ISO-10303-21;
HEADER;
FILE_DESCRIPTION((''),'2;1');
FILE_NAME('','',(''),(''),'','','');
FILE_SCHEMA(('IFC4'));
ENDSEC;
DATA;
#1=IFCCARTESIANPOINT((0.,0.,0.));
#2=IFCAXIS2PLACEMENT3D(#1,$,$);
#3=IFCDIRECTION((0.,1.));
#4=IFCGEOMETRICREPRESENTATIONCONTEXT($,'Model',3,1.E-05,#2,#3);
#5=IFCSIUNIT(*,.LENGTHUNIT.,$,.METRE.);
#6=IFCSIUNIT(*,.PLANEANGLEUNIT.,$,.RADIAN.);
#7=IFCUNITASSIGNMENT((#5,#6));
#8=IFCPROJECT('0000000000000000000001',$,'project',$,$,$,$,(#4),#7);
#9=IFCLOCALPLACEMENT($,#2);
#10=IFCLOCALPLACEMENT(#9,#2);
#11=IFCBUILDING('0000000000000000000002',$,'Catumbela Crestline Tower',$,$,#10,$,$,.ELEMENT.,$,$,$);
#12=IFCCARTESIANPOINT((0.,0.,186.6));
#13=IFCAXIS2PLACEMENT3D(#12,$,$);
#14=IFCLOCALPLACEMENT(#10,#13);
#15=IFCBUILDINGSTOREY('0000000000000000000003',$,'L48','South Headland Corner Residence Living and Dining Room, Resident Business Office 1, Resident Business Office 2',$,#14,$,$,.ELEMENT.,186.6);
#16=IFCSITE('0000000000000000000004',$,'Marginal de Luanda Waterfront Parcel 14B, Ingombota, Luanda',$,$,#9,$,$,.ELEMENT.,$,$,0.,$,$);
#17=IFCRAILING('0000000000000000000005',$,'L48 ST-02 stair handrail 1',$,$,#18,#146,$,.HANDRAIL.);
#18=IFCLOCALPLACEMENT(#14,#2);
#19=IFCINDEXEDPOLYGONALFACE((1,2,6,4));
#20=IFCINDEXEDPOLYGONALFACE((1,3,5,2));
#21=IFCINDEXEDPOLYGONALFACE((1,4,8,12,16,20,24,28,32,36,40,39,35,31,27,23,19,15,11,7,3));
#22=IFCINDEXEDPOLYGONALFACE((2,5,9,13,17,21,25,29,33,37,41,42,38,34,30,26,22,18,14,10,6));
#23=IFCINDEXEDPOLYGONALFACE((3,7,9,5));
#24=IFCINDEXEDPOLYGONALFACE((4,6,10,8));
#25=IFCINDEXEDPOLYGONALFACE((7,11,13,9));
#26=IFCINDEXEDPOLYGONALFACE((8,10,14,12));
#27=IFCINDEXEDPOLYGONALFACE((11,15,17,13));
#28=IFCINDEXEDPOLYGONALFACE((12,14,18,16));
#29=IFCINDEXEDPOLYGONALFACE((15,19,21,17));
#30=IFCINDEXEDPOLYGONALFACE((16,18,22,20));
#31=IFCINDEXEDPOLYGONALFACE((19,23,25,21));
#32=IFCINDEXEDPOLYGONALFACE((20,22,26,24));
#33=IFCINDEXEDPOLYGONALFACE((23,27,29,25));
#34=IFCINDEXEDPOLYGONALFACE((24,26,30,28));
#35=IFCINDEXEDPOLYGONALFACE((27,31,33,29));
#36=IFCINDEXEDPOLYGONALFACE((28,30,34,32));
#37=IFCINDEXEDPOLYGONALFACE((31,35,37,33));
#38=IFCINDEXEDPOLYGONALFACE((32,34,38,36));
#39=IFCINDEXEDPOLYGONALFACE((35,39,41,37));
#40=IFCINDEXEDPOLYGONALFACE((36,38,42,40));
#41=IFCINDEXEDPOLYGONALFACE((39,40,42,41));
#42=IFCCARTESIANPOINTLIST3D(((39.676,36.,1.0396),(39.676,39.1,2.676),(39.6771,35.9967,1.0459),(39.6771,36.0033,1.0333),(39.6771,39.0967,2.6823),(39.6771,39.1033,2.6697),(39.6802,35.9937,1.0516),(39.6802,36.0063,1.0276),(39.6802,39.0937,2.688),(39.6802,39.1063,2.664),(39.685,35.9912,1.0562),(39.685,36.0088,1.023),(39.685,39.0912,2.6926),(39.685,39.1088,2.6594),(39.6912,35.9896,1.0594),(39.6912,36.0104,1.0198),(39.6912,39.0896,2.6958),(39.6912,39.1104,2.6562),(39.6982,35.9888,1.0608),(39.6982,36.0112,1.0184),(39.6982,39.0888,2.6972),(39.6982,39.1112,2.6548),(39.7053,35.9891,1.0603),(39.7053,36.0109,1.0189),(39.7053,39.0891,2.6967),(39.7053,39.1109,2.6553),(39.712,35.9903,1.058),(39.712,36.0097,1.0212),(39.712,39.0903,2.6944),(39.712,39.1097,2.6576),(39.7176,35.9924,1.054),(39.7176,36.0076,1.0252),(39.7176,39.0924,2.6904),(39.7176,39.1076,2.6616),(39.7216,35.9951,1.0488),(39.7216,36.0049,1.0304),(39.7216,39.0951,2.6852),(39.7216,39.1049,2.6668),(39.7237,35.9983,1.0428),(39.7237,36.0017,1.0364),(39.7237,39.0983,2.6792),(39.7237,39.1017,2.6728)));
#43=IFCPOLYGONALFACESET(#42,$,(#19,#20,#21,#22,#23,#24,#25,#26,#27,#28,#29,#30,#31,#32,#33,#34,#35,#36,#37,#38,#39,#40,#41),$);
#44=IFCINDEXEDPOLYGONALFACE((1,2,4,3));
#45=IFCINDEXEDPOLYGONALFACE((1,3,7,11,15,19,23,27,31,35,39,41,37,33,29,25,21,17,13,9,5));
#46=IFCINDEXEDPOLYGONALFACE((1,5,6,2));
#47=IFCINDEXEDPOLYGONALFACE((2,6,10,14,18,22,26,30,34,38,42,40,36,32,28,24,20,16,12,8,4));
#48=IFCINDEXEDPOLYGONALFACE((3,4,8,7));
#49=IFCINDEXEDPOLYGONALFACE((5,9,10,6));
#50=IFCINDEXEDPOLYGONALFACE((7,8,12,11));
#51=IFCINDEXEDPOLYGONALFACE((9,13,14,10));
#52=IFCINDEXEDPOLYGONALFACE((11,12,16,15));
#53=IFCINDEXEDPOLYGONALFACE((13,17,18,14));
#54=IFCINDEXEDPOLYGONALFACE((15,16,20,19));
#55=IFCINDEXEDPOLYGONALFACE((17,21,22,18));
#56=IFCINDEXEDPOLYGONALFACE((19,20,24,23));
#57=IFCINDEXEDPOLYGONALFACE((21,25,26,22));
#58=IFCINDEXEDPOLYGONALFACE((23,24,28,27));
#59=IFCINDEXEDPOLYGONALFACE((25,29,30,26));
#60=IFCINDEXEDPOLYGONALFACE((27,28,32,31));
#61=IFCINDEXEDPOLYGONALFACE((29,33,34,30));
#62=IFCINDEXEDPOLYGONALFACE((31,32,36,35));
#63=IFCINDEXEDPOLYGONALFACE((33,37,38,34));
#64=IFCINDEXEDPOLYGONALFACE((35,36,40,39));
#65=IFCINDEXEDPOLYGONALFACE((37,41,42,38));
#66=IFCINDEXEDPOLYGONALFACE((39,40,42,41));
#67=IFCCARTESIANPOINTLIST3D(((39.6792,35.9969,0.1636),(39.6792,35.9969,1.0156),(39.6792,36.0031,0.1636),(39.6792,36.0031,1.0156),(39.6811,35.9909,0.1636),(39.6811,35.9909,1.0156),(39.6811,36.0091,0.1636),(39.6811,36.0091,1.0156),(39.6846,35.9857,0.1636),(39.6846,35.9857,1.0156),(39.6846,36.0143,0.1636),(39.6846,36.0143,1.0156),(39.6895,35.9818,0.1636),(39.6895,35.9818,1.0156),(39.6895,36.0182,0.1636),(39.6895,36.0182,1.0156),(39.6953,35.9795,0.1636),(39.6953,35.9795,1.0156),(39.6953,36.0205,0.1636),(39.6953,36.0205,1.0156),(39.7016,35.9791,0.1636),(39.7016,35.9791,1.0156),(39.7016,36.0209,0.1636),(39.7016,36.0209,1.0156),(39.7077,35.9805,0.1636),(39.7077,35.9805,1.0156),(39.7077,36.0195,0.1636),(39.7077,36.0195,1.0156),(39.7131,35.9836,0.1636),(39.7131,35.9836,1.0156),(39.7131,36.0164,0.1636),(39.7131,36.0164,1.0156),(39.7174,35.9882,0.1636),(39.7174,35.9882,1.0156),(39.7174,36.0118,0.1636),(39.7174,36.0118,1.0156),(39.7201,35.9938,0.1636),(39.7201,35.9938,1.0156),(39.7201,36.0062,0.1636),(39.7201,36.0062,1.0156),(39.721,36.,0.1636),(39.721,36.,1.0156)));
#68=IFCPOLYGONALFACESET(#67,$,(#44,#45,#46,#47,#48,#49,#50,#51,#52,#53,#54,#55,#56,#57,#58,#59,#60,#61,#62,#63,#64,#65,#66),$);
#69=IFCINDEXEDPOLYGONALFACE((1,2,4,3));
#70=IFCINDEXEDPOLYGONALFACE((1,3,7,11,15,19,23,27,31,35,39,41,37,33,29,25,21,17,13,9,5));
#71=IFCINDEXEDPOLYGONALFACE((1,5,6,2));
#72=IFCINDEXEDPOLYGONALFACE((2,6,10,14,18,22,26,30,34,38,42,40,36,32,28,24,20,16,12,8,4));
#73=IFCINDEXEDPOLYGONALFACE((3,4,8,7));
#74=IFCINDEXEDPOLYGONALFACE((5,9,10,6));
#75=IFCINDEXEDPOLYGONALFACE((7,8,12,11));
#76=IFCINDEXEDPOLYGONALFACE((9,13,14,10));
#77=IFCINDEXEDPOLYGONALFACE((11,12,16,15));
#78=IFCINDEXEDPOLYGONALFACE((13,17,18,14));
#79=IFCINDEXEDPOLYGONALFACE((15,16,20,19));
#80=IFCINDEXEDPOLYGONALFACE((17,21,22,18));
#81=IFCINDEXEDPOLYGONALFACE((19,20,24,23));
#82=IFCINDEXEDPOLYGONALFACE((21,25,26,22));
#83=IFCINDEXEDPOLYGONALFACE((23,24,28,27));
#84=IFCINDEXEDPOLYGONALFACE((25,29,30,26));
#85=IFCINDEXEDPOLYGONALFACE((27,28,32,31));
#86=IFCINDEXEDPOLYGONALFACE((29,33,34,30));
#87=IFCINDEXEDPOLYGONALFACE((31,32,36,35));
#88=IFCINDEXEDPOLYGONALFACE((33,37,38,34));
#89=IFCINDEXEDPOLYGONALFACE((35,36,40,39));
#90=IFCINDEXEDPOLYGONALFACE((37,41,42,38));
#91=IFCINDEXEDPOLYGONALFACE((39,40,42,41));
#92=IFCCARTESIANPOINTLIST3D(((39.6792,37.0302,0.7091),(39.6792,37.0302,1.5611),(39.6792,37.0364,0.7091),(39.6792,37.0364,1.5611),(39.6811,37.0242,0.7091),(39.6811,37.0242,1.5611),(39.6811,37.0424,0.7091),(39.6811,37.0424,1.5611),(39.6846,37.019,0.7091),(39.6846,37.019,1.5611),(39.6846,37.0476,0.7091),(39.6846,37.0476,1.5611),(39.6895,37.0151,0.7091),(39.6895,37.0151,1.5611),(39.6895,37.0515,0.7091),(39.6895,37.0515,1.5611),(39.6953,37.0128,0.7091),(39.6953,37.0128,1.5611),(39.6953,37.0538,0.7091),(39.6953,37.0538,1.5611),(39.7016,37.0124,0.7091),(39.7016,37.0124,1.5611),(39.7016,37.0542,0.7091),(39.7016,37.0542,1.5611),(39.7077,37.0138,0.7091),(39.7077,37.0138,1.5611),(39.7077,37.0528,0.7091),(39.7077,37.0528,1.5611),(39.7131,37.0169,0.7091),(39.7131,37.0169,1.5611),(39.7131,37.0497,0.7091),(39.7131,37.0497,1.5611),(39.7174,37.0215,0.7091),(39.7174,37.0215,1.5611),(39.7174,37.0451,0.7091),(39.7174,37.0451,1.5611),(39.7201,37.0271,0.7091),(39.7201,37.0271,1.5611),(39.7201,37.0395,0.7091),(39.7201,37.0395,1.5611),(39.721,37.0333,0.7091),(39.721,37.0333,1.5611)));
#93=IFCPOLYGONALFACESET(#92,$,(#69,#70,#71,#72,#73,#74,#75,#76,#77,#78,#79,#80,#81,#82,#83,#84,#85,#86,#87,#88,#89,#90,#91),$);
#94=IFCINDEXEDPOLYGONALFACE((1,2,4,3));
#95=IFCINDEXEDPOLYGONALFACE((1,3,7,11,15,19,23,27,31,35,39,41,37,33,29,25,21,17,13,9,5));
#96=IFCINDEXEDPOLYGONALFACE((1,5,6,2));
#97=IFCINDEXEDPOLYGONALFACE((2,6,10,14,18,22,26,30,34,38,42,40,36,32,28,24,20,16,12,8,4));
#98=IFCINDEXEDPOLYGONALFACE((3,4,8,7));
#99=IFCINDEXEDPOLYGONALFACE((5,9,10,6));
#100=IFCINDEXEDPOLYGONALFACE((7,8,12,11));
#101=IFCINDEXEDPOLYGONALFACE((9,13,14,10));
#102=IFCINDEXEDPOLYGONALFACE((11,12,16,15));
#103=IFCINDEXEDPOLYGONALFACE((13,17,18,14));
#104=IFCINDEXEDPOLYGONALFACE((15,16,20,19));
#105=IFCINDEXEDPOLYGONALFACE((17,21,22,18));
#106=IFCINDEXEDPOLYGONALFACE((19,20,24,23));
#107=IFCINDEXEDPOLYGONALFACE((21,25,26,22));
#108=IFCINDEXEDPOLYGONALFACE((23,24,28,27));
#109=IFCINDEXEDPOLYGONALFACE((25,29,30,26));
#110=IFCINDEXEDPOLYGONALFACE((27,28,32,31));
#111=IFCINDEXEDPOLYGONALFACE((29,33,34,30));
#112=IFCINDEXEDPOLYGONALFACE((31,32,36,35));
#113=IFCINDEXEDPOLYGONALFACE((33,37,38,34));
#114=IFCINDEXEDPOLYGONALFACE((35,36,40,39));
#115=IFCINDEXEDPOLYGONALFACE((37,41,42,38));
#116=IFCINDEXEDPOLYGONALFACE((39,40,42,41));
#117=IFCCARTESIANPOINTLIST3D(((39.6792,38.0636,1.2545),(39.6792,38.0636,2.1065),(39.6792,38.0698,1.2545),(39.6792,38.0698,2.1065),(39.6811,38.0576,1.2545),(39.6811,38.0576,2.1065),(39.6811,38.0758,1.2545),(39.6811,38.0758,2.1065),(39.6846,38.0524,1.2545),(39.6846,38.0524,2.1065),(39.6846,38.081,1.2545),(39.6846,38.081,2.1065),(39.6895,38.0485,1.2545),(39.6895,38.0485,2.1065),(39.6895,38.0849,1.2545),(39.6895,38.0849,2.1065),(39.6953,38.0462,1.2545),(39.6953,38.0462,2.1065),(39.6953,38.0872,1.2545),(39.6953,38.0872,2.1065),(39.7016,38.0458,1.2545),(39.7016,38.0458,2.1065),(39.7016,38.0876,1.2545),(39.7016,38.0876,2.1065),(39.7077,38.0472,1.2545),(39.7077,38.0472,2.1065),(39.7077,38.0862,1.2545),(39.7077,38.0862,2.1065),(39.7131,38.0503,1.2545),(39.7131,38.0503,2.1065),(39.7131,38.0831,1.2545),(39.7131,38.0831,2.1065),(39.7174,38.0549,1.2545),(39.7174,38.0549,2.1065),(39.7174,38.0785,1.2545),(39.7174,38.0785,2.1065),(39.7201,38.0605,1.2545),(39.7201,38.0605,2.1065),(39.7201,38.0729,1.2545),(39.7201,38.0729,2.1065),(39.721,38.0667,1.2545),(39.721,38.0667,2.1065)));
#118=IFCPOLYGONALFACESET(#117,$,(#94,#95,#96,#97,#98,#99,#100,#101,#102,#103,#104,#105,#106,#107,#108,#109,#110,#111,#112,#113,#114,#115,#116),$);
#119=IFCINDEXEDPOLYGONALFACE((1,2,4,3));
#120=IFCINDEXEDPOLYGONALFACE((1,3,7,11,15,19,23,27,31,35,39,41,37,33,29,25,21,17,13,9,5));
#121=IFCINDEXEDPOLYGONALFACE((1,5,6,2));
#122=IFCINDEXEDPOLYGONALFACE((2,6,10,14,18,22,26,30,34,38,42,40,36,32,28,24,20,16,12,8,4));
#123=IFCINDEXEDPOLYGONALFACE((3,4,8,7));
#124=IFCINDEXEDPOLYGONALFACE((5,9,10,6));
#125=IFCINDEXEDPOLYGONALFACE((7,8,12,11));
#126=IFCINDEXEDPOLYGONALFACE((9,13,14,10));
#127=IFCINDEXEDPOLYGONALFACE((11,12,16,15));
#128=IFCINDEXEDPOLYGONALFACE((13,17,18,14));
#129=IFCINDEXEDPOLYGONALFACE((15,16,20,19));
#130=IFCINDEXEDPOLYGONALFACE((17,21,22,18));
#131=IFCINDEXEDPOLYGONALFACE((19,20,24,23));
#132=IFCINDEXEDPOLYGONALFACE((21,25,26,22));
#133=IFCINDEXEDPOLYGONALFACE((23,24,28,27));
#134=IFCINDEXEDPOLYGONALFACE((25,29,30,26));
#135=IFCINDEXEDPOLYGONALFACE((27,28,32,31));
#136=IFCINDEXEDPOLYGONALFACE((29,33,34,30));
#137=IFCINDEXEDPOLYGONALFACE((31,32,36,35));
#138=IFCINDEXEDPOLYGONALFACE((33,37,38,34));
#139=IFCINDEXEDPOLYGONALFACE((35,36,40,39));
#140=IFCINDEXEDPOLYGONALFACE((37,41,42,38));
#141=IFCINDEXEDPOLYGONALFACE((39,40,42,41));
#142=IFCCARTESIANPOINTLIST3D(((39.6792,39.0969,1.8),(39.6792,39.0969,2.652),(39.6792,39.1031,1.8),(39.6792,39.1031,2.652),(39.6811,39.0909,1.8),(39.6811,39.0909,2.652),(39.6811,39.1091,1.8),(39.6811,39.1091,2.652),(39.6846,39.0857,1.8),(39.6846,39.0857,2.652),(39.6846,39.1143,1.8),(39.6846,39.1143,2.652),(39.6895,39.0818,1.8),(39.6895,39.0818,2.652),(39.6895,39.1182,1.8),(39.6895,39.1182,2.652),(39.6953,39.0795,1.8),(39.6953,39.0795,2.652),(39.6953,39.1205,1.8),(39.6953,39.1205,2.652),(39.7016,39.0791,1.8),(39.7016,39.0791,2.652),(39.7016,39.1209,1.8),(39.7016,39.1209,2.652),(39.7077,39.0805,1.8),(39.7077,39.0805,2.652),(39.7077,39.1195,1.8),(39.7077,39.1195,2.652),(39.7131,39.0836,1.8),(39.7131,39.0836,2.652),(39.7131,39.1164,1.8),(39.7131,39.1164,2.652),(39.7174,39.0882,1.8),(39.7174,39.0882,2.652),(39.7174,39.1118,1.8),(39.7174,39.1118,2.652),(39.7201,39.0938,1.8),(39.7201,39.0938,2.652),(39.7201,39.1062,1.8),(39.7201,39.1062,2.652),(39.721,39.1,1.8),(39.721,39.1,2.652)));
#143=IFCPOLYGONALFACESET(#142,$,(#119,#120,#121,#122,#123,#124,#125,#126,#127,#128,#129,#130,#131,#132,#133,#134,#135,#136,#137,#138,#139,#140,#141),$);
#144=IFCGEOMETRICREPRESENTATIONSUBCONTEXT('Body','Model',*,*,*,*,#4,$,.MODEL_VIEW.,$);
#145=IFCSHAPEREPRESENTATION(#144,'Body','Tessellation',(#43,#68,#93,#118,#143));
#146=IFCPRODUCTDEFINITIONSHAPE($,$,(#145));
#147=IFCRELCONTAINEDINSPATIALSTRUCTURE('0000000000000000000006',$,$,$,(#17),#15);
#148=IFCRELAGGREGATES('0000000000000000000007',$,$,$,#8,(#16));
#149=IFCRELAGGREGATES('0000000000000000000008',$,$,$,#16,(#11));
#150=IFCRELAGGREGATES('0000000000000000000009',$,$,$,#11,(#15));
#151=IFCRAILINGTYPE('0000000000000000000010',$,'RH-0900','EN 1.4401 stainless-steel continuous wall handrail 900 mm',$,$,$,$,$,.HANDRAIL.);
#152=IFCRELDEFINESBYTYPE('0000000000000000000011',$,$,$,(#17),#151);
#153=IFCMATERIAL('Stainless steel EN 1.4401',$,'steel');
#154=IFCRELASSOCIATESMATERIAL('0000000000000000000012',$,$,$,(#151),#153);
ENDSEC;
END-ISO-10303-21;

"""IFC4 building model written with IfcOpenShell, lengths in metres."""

from ifc_helpers import new_model, si_unit, direction, frame, origin, origin_2d, place, context, subcontext, project, spatial, circle, extrude, material, type_object, element, save


model = new_model("IFC4")

# Units and contexts
model_context = context("Model", 3, precision=1e-05, world=origin(), true_north=direction((0.0, 1.0)))
body_context = subcontext(model_context, "Body", "Model", "MODEL_VIEW")
ifc_project = project(units=[si_unit("LENGTHUNIT", "METRE"), si_unit("PLANEANGLEUNIT", "RADIAN")], contexts=[model_context])

# Site, building, storey
site_placement = place(None, origin())
site = spatial("IfcSite", under=ifc_project, at=site_placement, Name="Marginal de Luanda Waterfront Parcel 14B, Ingombota, Luanda", CompositionType="ELEMENT", RefElevation=0.0)
building_placement = place(site_placement, origin())
building = spatial("IfcBuilding", under=site, at=building_placement, Name="Catumbela Crestline Tower", CompositionType="ELEMENT")
storey_placement = place(building_placement, frame((0.0, 0.0, 186.6)))
storey = spatial("IfcBuildingStorey", under=building, at=storey_placement, Name="L48", Description="South Headland Corner Residence Living and Dining Room, Resident Business Office 1, Resident Business Office 2", CompositionType="ELEMENT", Elevation=186.6)

# Shared definitions
ifc_material_1 = material(Name="Stainless steel EN 1.4401", Category="steel")

# Railing
railing_type_1 = type_object("IfcRailingType", Name="RH-0900", Description="EN 1.4401 stainless-steel continuous wall handrail 900 mm", PredefinedType="HANDRAIL", material=ifc_material_1)
railing_1_placement = place(storey_placement, frame((39.7, 36.0, 0.1636)))
element("IfcRailing", 1, at=railing_1_placement, inside=storey, type_object=railing_type_1, Name="L48 ST-02 stair handrail 1", PredefinedType="HANDRAIL", context=body_context, shape_type="SweptSolid", body=[
    extrude(circle(Radius=0.024, at=origin_2d()), frame((0.0, 0.0, 0.876), z_axis=(0.0, 0.884351, 0.466823), x_axis=(-1.0, 0.0, 0.0)), (0.0, 0.0, 1.0), 3.5054),
    extrude(circle(Radius=0.021, at=origin_2d()), origin(), (0.0, 0.0, 1.0), 0.852),
    extrude(circle(Radius=0.021, at=origin_2d()), frame((0.0, 1.0333, 0.5455)), (0.0, 0.0, 1.0), 0.852),
    extrude(circle(Radius=0.021, at=origin_2d()), frame((0.0, 2.0667, 1.0909)), (0.0, 0.0, 1.0), 0.852),
    extrude(circle(Radius=0.021, at=origin_2d()), frame((0.0, 3.1, 1.6364)), (0.0, 0.0, 1.0), 0.852),
])

save(model, "model.ifc")
